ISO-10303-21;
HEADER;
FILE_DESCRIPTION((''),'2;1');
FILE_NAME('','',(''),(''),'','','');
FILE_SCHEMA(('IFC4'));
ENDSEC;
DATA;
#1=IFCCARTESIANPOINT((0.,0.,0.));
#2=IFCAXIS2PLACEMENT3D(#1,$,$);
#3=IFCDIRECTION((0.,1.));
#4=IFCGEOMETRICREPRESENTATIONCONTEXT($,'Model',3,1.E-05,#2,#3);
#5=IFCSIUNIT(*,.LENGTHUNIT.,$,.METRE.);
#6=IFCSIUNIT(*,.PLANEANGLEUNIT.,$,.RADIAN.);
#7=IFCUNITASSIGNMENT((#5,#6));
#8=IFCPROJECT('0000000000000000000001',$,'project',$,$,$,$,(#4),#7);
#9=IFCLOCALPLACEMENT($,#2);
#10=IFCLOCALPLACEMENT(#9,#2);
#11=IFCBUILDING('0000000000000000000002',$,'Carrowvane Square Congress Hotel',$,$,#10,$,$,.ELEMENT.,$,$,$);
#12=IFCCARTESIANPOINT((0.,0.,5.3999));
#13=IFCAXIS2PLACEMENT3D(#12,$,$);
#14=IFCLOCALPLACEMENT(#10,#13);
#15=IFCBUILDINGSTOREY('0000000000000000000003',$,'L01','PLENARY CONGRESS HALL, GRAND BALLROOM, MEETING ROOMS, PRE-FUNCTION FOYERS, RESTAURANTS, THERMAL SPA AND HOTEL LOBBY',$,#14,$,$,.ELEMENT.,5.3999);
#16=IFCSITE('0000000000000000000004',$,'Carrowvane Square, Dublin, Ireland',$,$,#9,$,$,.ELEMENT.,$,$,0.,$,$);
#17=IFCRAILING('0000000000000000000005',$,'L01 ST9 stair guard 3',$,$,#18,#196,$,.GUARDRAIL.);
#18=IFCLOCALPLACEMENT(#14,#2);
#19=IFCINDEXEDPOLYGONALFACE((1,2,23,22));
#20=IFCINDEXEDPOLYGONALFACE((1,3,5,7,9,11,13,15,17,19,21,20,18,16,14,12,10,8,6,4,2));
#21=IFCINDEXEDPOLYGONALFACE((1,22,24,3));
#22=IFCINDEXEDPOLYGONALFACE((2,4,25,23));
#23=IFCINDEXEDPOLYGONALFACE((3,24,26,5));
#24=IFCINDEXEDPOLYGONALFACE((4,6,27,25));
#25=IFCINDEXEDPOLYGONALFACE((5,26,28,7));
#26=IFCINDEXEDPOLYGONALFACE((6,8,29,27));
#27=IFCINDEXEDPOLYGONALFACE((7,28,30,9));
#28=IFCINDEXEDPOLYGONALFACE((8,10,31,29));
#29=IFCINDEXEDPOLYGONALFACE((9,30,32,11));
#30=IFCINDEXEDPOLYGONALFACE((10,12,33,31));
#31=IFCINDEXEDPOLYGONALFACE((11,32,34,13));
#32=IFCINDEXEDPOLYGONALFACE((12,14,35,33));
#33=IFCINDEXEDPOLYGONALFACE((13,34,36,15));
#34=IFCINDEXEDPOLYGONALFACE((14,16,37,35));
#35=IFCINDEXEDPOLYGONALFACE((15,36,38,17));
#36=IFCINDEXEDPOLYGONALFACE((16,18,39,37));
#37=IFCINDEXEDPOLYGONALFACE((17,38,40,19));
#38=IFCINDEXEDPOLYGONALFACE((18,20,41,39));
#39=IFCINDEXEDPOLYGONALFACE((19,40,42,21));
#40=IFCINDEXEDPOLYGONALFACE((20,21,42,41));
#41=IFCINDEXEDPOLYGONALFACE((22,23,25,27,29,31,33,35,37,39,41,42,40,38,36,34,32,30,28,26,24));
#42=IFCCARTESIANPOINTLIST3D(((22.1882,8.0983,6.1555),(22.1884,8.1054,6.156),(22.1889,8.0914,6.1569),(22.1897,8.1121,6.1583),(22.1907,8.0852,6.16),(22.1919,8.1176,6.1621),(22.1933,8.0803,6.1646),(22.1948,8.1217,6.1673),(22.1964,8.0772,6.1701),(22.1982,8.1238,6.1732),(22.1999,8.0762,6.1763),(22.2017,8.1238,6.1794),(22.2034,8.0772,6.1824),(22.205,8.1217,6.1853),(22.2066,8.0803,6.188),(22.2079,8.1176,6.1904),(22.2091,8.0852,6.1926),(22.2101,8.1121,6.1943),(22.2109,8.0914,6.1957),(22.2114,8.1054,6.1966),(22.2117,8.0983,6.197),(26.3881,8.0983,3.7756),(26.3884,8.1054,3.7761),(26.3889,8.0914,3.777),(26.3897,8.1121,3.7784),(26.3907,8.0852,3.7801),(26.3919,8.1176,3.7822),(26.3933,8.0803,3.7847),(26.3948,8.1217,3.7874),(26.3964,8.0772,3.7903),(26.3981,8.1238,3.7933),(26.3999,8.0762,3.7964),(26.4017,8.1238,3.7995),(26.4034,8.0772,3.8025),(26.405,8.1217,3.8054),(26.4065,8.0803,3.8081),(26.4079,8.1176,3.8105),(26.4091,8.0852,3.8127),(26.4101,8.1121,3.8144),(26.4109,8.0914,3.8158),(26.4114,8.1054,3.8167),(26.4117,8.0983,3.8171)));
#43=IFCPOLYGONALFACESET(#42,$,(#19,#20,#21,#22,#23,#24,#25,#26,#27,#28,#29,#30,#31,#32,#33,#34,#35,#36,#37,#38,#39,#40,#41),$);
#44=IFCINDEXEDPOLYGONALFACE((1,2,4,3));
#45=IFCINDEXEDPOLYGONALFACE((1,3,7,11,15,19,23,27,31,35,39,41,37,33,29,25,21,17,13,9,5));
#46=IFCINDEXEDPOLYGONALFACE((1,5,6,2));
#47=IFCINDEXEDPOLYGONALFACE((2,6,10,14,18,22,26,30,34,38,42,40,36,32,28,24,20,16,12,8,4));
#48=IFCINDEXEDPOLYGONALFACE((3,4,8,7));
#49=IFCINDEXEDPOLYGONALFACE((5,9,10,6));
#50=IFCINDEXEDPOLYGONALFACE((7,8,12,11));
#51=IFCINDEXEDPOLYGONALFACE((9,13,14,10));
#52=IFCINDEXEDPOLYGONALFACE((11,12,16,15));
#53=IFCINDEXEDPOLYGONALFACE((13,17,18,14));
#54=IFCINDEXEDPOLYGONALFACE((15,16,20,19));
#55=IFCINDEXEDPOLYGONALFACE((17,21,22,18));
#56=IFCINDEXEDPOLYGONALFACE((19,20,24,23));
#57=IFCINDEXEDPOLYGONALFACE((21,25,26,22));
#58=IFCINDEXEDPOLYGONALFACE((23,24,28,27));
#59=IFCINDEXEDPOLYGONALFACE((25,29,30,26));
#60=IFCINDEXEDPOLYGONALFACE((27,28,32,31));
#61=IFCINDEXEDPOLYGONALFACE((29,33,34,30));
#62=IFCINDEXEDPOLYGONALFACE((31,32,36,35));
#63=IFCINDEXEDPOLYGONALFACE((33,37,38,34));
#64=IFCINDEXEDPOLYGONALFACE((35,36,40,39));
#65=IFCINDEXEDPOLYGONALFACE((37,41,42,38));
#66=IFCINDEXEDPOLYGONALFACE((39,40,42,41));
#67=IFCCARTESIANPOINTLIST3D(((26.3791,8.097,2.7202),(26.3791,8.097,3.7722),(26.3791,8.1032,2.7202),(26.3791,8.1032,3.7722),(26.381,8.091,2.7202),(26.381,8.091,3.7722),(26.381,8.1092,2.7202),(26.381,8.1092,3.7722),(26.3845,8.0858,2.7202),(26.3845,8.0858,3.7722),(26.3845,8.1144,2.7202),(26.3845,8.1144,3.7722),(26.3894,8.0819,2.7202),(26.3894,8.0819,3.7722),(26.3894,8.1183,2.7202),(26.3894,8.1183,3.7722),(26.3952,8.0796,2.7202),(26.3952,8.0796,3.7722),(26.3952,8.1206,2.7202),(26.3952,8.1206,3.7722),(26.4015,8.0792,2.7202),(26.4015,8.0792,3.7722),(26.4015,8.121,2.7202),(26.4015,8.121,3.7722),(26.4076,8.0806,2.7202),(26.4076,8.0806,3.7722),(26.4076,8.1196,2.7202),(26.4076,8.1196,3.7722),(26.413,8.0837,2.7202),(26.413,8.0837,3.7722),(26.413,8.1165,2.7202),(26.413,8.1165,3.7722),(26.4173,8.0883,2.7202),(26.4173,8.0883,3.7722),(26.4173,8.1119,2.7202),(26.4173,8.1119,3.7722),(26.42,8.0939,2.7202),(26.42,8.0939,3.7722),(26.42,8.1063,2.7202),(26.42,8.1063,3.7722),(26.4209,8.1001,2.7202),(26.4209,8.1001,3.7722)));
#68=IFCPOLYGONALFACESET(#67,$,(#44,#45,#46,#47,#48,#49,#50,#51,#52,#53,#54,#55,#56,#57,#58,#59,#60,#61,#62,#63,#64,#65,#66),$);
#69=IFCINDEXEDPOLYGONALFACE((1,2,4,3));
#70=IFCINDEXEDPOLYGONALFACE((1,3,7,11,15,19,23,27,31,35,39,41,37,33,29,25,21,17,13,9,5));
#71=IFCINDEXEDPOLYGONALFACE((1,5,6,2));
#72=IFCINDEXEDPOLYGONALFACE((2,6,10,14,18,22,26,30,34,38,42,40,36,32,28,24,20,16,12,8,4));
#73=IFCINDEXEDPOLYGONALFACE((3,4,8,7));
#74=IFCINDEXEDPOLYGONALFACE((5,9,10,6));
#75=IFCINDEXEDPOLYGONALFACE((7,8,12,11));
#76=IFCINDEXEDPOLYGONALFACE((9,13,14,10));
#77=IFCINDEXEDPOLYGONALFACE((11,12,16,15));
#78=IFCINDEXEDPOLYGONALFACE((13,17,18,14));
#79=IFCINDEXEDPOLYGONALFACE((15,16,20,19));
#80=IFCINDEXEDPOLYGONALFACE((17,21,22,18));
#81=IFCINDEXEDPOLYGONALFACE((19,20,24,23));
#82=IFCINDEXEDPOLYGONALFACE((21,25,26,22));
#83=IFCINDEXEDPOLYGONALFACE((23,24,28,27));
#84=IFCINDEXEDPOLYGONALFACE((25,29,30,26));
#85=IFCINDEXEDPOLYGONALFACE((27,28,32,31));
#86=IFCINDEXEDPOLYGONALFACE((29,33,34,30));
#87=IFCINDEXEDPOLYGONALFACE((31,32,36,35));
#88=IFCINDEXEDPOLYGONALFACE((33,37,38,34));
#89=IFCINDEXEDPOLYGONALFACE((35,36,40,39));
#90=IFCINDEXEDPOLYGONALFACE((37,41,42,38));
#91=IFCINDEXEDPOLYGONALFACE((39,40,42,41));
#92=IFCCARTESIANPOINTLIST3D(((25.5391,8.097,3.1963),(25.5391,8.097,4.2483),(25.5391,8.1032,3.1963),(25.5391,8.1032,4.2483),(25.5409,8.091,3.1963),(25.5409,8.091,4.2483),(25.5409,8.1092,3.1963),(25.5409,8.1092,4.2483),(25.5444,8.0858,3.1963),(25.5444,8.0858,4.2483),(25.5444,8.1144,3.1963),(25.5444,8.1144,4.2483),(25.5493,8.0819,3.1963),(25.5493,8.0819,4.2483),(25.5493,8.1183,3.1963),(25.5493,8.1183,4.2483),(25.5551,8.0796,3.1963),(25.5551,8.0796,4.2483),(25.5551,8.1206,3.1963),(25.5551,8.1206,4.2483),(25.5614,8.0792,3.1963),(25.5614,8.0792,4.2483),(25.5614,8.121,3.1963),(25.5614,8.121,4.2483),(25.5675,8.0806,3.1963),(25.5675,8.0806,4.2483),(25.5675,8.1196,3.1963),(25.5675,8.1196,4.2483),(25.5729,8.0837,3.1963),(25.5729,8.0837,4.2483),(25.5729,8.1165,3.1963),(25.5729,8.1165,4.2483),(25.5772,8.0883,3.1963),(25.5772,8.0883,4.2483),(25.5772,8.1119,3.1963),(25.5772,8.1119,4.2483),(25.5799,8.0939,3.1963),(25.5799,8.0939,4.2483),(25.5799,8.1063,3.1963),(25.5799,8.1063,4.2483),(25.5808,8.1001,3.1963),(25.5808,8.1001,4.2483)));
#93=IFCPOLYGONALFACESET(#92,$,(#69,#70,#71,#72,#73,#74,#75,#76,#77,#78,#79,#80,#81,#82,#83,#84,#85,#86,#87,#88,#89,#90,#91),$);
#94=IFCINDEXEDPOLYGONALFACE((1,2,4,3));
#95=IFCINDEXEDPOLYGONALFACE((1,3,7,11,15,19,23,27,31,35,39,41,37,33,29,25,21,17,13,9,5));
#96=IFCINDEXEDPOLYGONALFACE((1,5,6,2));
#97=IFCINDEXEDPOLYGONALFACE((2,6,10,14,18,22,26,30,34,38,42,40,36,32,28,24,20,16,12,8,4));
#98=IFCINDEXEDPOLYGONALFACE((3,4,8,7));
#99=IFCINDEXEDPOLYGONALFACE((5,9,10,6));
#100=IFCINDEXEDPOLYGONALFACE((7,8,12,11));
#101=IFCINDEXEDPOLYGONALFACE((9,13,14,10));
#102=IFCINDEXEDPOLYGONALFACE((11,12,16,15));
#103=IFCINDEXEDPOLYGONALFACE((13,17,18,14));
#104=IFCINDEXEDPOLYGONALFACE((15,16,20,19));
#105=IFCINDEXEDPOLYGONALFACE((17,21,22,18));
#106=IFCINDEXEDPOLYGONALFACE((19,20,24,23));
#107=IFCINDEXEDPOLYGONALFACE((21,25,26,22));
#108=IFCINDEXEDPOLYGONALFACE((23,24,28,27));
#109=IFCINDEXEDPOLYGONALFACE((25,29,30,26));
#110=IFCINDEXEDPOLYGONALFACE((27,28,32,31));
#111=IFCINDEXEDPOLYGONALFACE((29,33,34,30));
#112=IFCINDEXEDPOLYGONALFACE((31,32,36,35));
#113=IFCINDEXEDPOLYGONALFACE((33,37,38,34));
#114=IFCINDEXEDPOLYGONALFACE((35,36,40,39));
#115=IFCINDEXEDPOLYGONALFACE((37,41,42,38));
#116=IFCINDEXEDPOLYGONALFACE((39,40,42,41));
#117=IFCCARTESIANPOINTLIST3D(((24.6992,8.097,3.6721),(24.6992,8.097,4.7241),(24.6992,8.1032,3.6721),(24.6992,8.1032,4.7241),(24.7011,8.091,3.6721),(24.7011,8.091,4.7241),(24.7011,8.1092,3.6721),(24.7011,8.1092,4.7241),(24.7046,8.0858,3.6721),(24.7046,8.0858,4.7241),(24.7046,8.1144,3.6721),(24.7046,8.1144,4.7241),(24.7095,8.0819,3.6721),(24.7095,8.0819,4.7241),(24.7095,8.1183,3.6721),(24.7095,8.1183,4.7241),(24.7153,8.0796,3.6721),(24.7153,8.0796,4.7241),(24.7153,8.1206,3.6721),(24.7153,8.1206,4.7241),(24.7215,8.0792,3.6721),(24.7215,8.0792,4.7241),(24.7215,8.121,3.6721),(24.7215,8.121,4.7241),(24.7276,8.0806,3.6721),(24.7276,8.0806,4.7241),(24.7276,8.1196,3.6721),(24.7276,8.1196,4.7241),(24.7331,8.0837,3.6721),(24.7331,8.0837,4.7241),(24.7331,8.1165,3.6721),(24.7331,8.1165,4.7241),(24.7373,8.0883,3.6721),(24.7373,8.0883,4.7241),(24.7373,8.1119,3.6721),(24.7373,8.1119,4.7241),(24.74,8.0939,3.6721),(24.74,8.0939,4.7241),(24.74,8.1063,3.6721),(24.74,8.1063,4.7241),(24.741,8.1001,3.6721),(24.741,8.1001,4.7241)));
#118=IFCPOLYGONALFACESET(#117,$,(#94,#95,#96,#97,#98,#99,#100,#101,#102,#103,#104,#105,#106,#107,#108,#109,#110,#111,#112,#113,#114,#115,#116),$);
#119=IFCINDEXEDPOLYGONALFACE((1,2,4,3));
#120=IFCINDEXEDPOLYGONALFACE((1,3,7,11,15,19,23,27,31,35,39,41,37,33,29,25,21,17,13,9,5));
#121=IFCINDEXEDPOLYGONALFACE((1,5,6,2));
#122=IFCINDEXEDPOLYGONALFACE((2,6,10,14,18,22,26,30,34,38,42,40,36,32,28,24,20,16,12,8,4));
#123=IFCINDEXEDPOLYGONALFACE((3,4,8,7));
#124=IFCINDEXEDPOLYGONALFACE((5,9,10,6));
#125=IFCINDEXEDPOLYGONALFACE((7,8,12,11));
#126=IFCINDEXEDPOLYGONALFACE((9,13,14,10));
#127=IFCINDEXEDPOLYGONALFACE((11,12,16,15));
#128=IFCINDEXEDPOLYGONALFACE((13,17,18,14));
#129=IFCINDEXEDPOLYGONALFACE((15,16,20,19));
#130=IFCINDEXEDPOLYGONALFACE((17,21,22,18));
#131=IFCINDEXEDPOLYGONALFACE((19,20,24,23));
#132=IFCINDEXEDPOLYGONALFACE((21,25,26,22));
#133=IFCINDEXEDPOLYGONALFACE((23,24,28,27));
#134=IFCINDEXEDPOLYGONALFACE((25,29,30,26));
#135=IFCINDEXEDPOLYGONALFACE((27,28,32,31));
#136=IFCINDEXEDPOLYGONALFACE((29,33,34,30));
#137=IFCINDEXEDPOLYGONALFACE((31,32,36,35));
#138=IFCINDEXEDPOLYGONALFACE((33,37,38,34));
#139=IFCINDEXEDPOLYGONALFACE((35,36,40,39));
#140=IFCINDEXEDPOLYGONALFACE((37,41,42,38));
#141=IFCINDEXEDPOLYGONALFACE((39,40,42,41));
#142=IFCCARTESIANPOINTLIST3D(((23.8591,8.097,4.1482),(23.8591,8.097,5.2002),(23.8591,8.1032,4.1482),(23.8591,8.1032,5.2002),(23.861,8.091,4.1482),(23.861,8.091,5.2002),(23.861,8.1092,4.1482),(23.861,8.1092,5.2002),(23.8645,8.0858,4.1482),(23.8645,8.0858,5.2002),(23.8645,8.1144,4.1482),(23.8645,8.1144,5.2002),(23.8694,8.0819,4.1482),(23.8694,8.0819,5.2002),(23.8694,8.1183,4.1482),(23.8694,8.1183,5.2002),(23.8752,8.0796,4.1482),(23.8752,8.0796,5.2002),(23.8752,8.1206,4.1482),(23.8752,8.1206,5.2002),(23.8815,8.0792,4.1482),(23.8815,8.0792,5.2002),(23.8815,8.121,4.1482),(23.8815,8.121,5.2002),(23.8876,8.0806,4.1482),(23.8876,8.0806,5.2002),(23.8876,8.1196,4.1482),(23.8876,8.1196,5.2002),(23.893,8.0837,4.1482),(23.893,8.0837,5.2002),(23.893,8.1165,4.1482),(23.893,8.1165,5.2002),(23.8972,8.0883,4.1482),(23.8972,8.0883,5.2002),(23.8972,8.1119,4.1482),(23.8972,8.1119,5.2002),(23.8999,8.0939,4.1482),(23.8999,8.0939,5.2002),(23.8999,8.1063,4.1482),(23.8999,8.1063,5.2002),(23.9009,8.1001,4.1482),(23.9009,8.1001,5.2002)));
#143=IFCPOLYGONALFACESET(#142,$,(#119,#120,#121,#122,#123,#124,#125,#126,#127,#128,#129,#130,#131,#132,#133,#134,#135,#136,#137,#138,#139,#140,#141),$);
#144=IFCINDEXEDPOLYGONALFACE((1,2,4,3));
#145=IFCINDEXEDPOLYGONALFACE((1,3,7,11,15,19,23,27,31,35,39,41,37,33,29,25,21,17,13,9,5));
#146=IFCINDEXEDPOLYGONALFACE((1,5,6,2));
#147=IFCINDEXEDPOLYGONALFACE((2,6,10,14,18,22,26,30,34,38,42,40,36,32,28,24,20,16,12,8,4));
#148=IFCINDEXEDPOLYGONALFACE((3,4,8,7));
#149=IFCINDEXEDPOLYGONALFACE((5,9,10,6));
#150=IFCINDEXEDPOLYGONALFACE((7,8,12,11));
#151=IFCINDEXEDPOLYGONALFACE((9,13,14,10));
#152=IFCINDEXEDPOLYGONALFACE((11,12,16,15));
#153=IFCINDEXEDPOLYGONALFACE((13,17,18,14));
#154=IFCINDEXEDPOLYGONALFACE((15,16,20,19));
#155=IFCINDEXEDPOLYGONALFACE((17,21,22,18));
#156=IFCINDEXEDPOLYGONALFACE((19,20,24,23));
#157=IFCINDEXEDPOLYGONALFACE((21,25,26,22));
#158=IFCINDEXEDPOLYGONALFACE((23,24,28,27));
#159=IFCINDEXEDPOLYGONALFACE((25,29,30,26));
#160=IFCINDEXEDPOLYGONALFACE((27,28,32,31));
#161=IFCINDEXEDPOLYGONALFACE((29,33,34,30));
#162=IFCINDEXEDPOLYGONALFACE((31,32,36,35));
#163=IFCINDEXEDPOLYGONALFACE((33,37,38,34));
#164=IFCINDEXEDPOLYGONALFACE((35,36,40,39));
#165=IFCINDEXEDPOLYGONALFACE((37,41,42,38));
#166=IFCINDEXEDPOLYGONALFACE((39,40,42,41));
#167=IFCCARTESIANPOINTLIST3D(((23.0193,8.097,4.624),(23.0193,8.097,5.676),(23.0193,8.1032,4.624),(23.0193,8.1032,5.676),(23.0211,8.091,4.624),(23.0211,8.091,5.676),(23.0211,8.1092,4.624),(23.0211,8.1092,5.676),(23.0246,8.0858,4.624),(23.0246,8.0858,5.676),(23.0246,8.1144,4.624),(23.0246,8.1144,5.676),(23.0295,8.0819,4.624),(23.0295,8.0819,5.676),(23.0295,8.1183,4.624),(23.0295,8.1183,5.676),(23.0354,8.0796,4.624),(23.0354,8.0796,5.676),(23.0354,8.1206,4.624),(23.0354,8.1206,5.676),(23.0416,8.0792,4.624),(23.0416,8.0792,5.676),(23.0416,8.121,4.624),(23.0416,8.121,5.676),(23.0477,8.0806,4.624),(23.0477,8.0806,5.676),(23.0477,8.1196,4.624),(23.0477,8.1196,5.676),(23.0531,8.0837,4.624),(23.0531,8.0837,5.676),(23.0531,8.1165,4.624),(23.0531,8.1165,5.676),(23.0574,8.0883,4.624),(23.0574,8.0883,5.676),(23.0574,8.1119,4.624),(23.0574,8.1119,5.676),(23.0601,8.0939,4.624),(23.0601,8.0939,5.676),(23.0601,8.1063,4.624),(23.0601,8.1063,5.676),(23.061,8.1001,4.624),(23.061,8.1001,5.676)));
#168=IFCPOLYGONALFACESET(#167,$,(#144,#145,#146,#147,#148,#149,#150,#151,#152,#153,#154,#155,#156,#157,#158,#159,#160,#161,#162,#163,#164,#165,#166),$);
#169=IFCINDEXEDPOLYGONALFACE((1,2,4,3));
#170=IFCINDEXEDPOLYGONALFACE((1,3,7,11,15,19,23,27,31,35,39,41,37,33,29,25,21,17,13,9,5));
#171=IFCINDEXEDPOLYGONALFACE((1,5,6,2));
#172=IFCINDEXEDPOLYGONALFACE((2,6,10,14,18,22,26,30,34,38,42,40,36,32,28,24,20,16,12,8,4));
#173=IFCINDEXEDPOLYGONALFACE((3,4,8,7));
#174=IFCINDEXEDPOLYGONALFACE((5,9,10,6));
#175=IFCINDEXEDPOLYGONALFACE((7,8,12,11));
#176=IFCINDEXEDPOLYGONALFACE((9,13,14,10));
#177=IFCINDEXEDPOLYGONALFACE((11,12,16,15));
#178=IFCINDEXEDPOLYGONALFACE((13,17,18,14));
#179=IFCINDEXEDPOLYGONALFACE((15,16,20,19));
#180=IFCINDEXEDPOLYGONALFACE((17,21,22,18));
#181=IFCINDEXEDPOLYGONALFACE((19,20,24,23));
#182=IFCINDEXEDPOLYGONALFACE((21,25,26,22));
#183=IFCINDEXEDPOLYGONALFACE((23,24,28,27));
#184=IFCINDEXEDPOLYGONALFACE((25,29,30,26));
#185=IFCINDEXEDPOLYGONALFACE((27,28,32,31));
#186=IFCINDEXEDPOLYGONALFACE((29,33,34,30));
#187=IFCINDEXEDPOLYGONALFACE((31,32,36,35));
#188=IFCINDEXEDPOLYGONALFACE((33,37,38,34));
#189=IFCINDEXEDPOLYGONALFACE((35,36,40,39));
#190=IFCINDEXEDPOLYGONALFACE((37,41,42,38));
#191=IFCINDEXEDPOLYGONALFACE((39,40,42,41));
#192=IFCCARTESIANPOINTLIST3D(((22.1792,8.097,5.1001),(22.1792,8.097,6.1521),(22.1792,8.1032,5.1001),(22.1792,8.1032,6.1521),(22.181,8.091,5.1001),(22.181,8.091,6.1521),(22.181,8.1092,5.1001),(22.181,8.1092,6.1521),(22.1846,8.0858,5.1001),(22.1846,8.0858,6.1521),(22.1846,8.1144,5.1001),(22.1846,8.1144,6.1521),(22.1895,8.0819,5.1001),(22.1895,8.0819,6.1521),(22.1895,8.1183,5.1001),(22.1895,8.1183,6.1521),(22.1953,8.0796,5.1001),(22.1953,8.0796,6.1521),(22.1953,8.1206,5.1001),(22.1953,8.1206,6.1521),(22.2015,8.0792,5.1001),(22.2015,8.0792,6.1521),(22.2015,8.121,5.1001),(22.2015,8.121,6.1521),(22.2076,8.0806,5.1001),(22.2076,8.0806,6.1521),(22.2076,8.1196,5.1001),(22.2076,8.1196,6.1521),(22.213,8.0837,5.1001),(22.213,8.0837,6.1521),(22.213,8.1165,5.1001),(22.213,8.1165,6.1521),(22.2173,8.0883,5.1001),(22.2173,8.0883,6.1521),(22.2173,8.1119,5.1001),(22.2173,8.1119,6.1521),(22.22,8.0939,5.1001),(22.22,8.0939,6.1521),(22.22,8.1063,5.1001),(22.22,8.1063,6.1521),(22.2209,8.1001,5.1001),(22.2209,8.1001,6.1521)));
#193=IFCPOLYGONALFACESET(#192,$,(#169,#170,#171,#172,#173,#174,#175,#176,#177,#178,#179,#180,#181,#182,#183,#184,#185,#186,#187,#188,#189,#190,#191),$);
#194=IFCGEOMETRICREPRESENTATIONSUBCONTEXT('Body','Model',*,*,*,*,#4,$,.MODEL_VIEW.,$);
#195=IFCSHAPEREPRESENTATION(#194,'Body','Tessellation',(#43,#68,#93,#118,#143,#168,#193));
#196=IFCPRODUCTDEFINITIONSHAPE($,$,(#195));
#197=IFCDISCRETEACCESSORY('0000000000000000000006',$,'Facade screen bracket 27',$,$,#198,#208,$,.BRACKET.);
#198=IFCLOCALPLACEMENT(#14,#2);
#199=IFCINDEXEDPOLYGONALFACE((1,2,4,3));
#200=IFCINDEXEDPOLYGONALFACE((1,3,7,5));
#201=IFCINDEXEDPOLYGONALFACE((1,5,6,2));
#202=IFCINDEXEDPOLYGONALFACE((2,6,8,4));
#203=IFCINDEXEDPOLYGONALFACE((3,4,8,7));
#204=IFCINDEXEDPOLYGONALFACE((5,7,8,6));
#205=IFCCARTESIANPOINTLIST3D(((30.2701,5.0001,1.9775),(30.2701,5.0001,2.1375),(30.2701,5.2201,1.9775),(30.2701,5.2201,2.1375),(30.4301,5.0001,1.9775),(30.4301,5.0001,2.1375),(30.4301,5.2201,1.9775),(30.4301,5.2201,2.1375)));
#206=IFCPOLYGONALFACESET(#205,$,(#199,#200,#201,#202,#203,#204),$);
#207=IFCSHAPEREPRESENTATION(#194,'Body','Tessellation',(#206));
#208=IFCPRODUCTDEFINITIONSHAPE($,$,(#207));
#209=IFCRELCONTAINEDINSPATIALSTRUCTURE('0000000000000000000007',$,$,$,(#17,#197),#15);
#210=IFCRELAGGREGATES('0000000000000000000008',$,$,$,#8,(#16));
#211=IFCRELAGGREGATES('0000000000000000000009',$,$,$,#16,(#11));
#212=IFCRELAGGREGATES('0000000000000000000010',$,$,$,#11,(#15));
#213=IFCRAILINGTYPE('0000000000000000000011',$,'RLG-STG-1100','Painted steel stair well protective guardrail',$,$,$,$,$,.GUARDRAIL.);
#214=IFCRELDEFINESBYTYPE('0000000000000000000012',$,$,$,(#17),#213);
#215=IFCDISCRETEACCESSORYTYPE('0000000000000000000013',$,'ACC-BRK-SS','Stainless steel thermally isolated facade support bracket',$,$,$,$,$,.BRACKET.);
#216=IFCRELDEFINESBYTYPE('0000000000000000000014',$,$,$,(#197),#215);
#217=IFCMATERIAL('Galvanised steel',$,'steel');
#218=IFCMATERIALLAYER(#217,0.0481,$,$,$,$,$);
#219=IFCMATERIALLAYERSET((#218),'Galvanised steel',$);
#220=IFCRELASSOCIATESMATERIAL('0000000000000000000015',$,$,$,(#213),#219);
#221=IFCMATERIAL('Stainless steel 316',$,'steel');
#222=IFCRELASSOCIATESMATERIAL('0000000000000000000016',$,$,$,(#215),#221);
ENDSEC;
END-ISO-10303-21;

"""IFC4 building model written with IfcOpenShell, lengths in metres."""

from ifc_helpers import new_model, si_unit, direction, frame, origin, origin_2d, place, context, subcontext, project, spatial, rectangle, circle, extrude, material, layer, layer_set, type_object, element, save


model = new_model("IFC4")

# Units and contexts
model_context = context("Model", 3, precision=1e-05, world=origin(), true_north=direction((0.0, 1.0)))
body_context = subcontext(model_context, "Body", "Model", "MODEL_VIEW")
ifc_project = project(units=[si_unit("LENGTHUNIT", "METRE"), si_unit("PLANEANGLEUNIT", "RADIAN")], contexts=[model_context])

# Site, building, storey
site_placement = place(None, origin())
site = spatial("IfcSite", under=ifc_project, at=site_placement, Name="Carrowvane Square, Dublin, Ireland", CompositionType="ELEMENT", RefElevation=0.0)
building_placement = place(site_placement, origin())
building = spatial("IfcBuilding", under=site, at=building_placement, Name="Carrowvane Square Congress Hotel", CompositionType="ELEMENT")
storey_placement = place(building_placement, frame((0.0, 0.0, 5.3999)))
storey = spatial("IfcBuildingStorey", under=building, at=storey_placement, Name="L01", Description="PLENARY CONGRESS HALL, GRAND BALLROOM, MEETING ROOMS, PRE-FUNCTION FOYERS, RESTAURANTS, THERMAL SPA AND HOTEL LOBBY", CompositionType="ELEMENT", Elevation=5.3999)

# Railing
ifc_material_1 = material(Name="Galvanised steel", Category="steel")
ifc_layer_1 = layer(ifc_material_1, 0.0481)
ifc_layer_set_1 = layer_set([ifc_layer_1], Name="Galvanised steel")
railing_type_1 = type_object("IfcRailingType", Name="RLG-STG-1100", Description="Painted steel stair well protective guardrail", PredefinedType="GUARDRAIL", material=ifc_layer_set_1)
railing_1_placement = place(storey_placement, frame((26.3999, 8.1001, 2.7202)))
element("IfcRailing", 1, at=railing_1_placement, inside=storey, type_object=railing_type_1, Name="L01 ST9 stair guard 3", PredefinedType="GUARDRAIL", context=body_context, shape_type="SweptSolid", body=[
    extrude(circle(Radius=0.0239, at=origin_2d()), frame((0.0, 0.0, 1.0762), z_axis=(-0.87003, 0.0, 0.492999), x_axis=(0.0, -1.0, 0.0)), (0.0, 0.0, 1.0), 4.8274),
    extrude(circle(Radius=0.021, at=origin_2d()), origin(), (0.0, 0.0, 1.0), 1.052),
    extrude(circle(Radius=0.021, at=origin_2d()), frame((-0.8401, 0.0, 0.4761)), (0.0, 0.0, 1.0), 1.052),
    extrude(circle(Radius=0.021, at=origin_2d()), frame((-1.6799, 0.0, 0.9519)), (0.0, 0.0, 1.0), 1.052),
    extrude(circle(Radius=0.021, at=origin_2d()), frame((-2.52, 0.0, 1.428)), (0.0, 0.0, 1.0), 1.052),
    extrude(circle(Radius=0.021, at=origin_2d()), frame((-3.3599, 0.0, 1.9038)), (0.0, 0.0, 1.0), 1.052),
    extrude(circle(Radius=0.021, at=origin_2d()), frame((-4.2, 0.0, 2.3799)), (0.0, 0.0, 1.0), 1.052),
])

# Discrete accessory
ifc_material_2 = material(Name="Stainless steel 316", Category="steel")
discrete_accessory_type = type_object("IfcDiscreteAccessoryType", Name="ACC-BRK-SS", Description="Stainless steel thermally isolated facade support bracket", PredefinedType="BRACKET", material=ifc_material_2)
for number, where, z_axis, x_axis, name in (
    (2, (30.3501, 5.1101, 1.9775), (0.0, 0.0, 1.0), (-1.0, 0.0, 0.0), "Facade screen bracket 27"),
):
    element("IfcDiscreteAccessory", number, at=place(storey_placement, frame(where, z_axis=z_axis, x_axis=x_axis)), inside=storey, type_object=discrete_accessory_type, Name=name, PredefinedType="BRACKET", context=body_context, shape_type="SweptSolid", body=[
        extrude(rectangle(XDim=0.1599, YDim=0.22, at=origin_2d()), origin(), (0.0, 0.0, 1.0), 0.1599),
    ])

save(model, "model.ifc")
